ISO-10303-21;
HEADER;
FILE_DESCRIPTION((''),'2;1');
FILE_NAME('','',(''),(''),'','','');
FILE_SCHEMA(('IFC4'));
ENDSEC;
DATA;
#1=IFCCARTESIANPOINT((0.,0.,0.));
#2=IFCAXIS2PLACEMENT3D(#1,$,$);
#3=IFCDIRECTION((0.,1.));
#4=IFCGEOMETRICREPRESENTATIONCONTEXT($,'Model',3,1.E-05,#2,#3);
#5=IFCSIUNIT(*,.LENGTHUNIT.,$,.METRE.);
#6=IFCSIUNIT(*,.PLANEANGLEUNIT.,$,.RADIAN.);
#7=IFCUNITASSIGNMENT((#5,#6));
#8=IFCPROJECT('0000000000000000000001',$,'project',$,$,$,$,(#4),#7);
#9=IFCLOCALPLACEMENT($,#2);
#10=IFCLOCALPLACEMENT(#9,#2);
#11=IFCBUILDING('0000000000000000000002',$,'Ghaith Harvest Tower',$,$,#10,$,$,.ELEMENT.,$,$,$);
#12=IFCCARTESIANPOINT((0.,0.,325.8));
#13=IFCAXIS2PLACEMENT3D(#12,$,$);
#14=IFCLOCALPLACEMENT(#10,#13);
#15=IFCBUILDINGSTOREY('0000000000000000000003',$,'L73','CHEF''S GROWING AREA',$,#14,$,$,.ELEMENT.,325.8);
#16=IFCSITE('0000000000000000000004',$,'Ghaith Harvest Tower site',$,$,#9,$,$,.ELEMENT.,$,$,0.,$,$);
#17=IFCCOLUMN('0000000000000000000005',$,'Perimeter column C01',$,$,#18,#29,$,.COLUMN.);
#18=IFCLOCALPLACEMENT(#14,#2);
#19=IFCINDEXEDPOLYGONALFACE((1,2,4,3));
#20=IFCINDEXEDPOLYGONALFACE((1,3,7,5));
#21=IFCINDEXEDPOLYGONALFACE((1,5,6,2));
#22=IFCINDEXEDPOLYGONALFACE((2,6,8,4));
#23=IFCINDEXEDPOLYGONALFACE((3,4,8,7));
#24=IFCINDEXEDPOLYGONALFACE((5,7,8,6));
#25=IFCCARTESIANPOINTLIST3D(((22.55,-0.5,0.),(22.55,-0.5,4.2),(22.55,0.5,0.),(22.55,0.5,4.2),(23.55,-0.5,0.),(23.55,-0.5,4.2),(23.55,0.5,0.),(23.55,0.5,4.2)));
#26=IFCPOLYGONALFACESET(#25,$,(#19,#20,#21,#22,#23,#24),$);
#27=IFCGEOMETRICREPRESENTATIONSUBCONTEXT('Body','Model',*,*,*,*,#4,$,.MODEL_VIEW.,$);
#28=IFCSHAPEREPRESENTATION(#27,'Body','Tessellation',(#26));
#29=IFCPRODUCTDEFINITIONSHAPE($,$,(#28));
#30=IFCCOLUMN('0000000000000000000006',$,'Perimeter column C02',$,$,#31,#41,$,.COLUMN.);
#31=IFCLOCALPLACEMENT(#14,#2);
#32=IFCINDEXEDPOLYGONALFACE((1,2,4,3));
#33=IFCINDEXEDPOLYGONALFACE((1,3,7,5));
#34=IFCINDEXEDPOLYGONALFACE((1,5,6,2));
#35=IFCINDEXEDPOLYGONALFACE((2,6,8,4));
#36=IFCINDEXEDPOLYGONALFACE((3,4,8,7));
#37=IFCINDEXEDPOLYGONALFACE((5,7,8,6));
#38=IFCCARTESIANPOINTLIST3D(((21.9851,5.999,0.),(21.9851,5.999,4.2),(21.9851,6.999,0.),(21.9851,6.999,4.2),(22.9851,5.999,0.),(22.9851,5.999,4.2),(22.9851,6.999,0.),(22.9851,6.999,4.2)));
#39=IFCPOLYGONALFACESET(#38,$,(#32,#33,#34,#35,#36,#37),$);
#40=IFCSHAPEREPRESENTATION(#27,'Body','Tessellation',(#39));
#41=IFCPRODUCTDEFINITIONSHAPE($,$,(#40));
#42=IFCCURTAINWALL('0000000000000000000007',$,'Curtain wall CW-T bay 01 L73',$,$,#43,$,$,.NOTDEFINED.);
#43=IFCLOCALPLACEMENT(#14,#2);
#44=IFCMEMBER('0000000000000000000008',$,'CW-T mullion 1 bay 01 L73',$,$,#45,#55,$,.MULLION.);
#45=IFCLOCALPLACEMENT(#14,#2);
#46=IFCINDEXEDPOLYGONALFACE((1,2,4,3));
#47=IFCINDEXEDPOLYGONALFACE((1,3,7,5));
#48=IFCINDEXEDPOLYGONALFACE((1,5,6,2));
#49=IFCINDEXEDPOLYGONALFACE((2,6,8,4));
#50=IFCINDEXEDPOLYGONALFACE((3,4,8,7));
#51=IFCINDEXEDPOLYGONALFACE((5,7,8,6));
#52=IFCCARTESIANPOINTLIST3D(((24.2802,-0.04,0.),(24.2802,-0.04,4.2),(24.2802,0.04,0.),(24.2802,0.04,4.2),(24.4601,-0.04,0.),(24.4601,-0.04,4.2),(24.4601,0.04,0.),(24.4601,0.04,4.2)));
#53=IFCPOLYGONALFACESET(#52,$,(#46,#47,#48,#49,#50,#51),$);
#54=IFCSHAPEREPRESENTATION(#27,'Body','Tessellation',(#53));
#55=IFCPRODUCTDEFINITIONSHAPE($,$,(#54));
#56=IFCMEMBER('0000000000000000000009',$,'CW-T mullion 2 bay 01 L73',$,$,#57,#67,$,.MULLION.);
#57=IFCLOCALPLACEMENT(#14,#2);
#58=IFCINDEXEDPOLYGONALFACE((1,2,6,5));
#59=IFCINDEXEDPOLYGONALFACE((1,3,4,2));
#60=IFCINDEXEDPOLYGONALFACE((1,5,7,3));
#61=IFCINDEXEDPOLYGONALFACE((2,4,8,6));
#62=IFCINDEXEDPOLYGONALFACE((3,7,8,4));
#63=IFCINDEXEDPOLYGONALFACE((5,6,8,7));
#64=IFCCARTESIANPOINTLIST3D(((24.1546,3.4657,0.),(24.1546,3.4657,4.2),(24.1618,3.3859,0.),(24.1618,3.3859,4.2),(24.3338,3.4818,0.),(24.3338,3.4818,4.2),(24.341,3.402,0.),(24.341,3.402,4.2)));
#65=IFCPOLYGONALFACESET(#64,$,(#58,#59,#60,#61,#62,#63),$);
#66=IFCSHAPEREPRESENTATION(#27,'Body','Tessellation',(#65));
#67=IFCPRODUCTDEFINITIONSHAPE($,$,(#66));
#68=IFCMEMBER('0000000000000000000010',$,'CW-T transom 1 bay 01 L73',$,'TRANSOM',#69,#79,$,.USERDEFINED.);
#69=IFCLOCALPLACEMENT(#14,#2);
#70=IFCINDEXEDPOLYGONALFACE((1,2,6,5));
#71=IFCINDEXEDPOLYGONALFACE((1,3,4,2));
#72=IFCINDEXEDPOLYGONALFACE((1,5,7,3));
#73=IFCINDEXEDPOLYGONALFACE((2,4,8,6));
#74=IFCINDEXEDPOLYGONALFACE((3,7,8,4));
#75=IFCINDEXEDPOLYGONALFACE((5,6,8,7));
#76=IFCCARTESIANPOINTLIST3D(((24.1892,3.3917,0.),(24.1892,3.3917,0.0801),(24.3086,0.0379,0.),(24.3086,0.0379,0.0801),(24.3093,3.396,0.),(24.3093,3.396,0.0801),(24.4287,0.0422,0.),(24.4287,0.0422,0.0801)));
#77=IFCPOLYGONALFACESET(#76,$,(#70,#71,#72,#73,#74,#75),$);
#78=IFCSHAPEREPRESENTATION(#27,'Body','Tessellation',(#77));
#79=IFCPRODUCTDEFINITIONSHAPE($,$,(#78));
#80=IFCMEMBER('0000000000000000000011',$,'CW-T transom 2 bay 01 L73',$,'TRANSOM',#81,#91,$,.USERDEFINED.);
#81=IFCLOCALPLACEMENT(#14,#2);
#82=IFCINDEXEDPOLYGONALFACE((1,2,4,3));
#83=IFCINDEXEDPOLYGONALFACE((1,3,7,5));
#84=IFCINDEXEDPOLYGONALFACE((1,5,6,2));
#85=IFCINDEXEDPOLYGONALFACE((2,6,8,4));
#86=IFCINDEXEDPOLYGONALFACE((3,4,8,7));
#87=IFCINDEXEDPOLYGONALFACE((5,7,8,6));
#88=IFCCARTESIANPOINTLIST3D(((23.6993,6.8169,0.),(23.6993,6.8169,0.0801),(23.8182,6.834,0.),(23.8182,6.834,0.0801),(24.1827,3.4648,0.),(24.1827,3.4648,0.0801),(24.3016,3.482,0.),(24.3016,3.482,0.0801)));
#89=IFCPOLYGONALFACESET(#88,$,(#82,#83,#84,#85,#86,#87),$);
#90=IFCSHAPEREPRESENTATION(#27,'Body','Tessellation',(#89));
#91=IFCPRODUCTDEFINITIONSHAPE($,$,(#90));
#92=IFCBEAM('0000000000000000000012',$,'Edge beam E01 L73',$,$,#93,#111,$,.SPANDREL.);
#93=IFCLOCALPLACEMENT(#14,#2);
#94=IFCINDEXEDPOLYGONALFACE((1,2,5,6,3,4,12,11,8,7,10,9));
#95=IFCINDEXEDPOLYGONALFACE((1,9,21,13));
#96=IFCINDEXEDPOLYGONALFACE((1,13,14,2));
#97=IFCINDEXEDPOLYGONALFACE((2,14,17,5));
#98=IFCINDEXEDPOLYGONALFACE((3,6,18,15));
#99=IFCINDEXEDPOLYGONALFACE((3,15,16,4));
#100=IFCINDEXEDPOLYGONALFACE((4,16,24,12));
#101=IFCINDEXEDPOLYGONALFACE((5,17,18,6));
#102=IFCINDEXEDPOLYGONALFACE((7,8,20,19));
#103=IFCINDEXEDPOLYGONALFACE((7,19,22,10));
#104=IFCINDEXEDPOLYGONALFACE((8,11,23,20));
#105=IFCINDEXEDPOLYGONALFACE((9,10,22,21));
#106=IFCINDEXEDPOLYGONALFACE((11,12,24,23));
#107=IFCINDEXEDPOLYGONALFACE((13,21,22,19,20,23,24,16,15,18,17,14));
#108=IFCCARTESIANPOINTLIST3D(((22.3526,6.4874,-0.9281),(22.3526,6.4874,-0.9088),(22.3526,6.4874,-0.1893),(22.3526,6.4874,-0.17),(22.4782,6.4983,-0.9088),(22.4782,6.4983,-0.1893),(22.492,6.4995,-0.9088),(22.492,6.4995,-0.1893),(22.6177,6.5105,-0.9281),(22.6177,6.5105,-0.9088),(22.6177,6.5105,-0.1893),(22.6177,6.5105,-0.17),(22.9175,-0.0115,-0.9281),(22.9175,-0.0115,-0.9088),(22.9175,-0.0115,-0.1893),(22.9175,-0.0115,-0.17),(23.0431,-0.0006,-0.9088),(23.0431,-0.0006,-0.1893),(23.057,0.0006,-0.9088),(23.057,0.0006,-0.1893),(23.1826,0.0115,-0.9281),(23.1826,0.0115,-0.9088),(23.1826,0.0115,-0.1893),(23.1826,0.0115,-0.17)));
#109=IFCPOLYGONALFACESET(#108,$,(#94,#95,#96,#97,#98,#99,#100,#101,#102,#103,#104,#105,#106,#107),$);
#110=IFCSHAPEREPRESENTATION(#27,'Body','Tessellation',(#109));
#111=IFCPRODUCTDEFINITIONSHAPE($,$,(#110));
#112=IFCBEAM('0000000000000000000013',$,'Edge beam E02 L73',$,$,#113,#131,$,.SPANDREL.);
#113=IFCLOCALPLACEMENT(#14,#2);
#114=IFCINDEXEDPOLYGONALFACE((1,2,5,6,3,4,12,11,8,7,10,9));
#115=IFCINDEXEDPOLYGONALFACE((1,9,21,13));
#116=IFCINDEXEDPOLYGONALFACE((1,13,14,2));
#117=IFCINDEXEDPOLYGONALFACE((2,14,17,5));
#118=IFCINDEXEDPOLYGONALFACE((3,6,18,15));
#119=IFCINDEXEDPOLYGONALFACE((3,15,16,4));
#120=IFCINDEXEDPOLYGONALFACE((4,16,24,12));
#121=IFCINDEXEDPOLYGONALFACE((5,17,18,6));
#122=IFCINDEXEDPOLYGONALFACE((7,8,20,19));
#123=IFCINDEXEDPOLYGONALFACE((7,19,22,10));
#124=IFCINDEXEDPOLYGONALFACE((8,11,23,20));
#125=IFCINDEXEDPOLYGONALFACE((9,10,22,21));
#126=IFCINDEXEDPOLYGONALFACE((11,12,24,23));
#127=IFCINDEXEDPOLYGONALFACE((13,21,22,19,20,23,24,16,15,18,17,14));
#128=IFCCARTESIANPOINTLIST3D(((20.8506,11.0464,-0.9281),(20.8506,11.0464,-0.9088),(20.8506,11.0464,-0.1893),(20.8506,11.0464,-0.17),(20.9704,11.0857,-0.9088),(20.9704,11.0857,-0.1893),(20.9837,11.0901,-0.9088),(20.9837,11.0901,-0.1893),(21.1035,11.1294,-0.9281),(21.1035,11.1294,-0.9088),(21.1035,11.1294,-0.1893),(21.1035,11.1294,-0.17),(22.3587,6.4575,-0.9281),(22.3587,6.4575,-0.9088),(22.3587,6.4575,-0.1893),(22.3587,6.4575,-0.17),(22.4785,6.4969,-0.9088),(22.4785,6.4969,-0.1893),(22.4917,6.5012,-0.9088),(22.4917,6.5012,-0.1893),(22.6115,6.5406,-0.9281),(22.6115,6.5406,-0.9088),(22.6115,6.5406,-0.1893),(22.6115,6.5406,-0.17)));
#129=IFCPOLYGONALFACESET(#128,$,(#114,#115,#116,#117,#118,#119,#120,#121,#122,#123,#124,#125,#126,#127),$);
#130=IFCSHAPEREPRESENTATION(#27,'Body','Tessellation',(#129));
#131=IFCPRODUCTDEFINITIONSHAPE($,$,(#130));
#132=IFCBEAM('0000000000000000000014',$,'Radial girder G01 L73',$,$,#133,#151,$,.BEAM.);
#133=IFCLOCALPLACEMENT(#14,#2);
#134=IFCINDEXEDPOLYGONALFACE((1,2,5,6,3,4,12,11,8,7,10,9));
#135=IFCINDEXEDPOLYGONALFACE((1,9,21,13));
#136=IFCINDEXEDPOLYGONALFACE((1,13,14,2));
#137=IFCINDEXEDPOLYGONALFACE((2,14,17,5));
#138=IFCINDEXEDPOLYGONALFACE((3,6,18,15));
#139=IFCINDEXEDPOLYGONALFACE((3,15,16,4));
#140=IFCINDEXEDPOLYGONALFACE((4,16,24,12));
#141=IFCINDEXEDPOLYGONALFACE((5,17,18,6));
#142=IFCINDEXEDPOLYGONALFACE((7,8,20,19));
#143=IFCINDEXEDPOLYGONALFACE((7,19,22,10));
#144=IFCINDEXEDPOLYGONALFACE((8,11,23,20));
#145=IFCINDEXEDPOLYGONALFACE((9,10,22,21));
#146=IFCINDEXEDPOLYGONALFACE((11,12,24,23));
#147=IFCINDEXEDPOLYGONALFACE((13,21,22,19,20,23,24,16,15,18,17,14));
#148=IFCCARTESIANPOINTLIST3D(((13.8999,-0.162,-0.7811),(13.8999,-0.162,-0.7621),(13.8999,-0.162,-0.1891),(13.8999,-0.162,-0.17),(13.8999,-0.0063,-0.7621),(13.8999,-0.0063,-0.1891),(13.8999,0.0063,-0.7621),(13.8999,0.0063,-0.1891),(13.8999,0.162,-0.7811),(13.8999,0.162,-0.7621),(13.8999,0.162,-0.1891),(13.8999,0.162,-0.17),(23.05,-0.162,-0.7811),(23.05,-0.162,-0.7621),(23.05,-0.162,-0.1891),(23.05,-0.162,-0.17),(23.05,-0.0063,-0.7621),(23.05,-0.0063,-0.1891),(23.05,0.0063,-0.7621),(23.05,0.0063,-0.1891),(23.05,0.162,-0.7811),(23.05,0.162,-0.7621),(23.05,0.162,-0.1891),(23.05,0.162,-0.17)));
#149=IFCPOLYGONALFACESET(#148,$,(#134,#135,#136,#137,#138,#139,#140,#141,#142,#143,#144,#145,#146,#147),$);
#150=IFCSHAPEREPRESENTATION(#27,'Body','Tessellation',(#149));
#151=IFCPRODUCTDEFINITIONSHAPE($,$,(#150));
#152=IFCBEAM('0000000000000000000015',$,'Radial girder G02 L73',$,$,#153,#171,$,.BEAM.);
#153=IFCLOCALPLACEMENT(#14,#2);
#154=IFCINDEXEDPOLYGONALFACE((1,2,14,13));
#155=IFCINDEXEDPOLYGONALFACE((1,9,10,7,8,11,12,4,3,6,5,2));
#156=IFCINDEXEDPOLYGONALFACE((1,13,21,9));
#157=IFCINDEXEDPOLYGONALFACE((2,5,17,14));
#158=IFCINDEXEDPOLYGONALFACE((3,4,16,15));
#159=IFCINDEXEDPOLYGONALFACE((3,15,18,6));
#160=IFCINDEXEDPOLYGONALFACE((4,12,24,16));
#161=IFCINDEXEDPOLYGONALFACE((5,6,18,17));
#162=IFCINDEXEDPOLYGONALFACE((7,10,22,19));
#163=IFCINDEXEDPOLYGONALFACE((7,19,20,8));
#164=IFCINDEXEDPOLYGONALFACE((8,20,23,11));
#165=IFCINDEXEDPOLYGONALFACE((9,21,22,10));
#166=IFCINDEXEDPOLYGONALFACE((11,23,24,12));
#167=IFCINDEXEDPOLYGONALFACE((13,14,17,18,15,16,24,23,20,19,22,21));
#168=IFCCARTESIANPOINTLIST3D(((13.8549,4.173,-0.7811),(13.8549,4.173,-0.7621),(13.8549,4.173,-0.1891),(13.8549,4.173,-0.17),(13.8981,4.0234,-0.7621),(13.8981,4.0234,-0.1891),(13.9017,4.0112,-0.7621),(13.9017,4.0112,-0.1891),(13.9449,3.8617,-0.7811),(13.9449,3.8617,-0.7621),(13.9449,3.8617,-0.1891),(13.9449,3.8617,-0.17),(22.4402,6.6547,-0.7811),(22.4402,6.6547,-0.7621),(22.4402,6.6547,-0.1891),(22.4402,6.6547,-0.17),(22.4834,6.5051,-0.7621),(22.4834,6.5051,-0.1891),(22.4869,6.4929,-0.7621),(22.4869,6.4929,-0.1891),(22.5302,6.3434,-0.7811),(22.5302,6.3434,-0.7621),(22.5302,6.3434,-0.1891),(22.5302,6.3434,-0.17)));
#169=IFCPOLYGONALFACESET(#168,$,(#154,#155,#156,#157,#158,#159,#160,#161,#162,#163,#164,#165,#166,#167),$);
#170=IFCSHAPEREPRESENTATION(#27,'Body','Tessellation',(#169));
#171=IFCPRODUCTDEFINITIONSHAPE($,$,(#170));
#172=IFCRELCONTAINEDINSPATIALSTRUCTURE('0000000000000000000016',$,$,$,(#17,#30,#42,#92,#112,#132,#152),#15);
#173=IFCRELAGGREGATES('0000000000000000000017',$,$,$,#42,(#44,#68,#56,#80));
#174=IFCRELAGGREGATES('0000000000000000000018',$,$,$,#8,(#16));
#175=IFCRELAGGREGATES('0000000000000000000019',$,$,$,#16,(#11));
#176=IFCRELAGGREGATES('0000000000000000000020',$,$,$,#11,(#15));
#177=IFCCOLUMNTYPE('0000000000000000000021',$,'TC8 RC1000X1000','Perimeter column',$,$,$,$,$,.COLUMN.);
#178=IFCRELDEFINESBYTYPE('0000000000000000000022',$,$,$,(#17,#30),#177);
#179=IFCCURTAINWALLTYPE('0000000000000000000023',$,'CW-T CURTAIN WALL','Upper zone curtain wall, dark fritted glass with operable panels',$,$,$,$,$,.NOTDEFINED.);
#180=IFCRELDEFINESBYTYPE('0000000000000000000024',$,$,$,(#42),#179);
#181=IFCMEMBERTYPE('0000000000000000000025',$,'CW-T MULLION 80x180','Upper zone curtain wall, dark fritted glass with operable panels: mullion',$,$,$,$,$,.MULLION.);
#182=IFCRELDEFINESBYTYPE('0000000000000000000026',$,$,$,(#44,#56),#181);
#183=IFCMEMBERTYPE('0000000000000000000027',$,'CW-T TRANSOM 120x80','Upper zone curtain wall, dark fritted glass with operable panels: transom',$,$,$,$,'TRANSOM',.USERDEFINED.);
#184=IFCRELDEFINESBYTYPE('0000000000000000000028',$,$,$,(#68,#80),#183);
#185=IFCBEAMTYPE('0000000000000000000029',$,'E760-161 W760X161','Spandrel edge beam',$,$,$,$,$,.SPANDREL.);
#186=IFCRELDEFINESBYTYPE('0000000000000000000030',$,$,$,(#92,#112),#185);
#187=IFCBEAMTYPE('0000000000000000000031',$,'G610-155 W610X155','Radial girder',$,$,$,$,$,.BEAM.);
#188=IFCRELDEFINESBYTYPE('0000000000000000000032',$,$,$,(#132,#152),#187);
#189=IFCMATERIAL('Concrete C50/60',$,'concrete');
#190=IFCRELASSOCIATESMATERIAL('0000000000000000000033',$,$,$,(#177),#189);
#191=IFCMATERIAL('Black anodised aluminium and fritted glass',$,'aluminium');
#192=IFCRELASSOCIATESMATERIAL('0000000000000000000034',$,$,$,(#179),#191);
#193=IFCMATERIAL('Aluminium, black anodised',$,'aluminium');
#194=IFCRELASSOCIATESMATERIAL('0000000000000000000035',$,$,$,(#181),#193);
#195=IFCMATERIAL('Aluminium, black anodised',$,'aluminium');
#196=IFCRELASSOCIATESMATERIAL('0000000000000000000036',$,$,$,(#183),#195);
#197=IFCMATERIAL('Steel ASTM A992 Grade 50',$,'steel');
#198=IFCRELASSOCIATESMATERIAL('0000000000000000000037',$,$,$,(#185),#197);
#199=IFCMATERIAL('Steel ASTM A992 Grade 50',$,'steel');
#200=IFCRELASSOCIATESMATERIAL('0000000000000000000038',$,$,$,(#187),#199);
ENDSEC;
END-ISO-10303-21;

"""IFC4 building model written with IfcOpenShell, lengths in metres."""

from ifc_helpers import new_model, si_unit, direction, frame, origin, origin_2d, place, context, subcontext, project, spatial, rectangle, i_section, extrude, material, material_profile, profile_set, type_object, element, aggregate, save


model = new_model("IFC4")

# Units and contexts
model_context = context("Model", 3, precision=1e-05, world=origin(), true_north=direction((0.0, 1.0)))
body_context = subcontext(model_context, "Body", "Model", "MODEL_VIEW")
ifc_project = project(units=[si_unit("LENGTHUNIT", "METRE"), si_unit("PLANEANGLEUNIT", "RADIAN")], contexts=[model_context])

# Site, building, storey
site_placement = place(None, origin())
site = spatial("IfcSite", under=ifc_project, at=site_placement, Name="Ghaith Harvest Tower site", CompositionType="ELEMENT", RefElevation=0.0)
building_placement = place(site_placement, origin())
building = spatial("IfcBuilding", under=site, at=building_placement, Name="Ghaith Harvest Tower", CompositionType="ELEMENT")
storey_placement = place(building_placement, frame((0.0, 0.0, 325.8)))
storey = spatial("IfcBuildingStorey", under=building, at=storey_placement, Name="L73", Description="CHEF'S GROWING AREA", CompositionType="ELEMENT", Elevation=325.8)

# Columns
ifc_material_1 = material(Name="Concrete C50/60", Category="concrete")
ifc_material_profile_1 = material_profile(ifc_material_1, rectangle(XDim=1.0, YDim=1.0, at=origin_2d()), Name="RC1000X1000")
ifc_profile_set_1 = profile_set([ifc_material_profile_1], Name="Concrete C50/60")
column_type = type_object("IfcColumnType", Name="TC8 RC1000X1000", Description="Perimeter column", PredefinedType="COLUMN", material=ifc_profile_set_1)
for number, where, z_axis, x_axis, name in (
    (1, (23.05, 0.0, 0.0), (0.0, 0.0, 1.0), (1.0, 0.0, 0.0), "Perimeter column C01"),
    (2, (22.4851, 6.499, 0.0), (0.0, 0.0, 1.0), (1.0, 0.0, 0.0), "Perimeter column C02"),
):
    element("IfcColumn", number, at=place(storey_placement, frame(where, z_axis=z_axis, x_axis=x_axis)), inside=storey, type_object=column_type, Name=name, PredefinedType="COLUMN", context=body_context, shape_type="SweptSolid", body=[
        extrude(rectangle(XDim=1.0, YDim=1.0, at=origin_2d()), origin(), (0.0, 0.0, 1.0), 4.2),
    ])

# Curtain wall, members
ifc_material_2 = material(Name="Black anodised aluminium and fritted glass", Category="aluminium")
curtain_wall_type = type_object("IfcCurtainWallType", Name="CW-T CURTAIN WALL", Description="Upper zone curtain wall, dark fritted glass with operable panels", PredefinedType="NOTDEFINED", material=ifc_material_2)
curtain_wall_placement = place(storey_placement, origin())
curtain_wall = element("IfcCurtainWall", 3, at=curtain_wall_placement, inside=storey, type_object=curtain_wall_type, Name="Curtain wall CW-T bay 01 L73", PredefinedType="NOTDEFINED")
ifc_material_3 = material(Name="Aluminium, black anodised", Category="aluminium")
ifc_material_profile_2 = material_profile(ifc_material_3, rectangle(XDim=0.0801, YDim=0.1799, at=origin_2d()), Name="CW-T MULLION 80x180")
ifc_profile_set_2 = profile_set([ifc_material_profile_2], Name="Aluminium, black anodised")
member_type_1 = type_object("IfcMemberType", Name="CW-T MULLION 80x180", Description="Upper zone curtain wall, dark fritted glass with operable panels: mullion", PredefinedType="MULLION", material=ifc_profile_set_2)
member_1_placement = place(storey_placement, frame((24.3701, 0.0, 0.0), z_axis=(0.0, 0.0, 1.0), x_axis=(0.0, 1.0, 0.0)))
member_1 = element("IfcMember", 4, at=member_1_placement, type_object=member_type_1, Name="CW-T mullion 1 bay 01 L73", PredefinedType="MULLION", context=body_context, shape_type="SweptSolid", body=[
    extrude(rectangle(XDim=0.0801, YDim=0.1799, at=origin_2d()), origin(), (0.0, 0.0, 1.0), 4.2),
])
member_2_placement = place(storey_placement, frame((24.2478, 3.4338, 0.0), z_axis=(0.0, 0.0, 1.0), x_axis=(-0.089502, 0.995987, 0.0)))
member_2 = element("IfcMember", 5, at=member_2_placement, type_object=member_type_1, Name="CW-T mullion 2 bay 01 L73", PredefinedType="MULLION", context=body_context, shape_type="SweptSolid", body=[
    extrude(rectangle(XDim=0.0801, YDim=0.1799, at=origin_2d()), origin(), (0.0, 0.0, 1.0), 4.2),
])
ifc_material_4 = material(Name="Aluminium, black anodised", Category="aluminium")
ifc_material_profile_3 = material_profile(ifc_material_4, rectangle(XDim=0.1201, YDim=0.0801, at=origin_2d()), Name="CW-T TRANSOM 120x80")
ifc_profile_set_3 = profile_set([ifc_material_profile_3], Name="Aluminium, black anodised")
member_type_2 = type_object("IfcMemberType", Name="CW-T TRANSOM 120x80", Description="Upper zone curtain wall, dark fritted glass with operable panels: transom", ElementType="TRANSOM", PredefinedType="USERDEFINED", material=ifc_profile_set_3)
member_3_placement = place(storey_placement, frame((24.3687, 0.04, 0.04), z_axis=(-0.035575, 0.999367, 0.0), x_axis=(-0.999367, -0.035575, 0.0)))
member_3 = element("IfcMember", 6, at=member_3_placement, type_object=member_type_2, Name="CW-T transom 1 bay 01 L73", ObjectType="TRANSOM", PredefinedType="USERDEFINED", context=body_context, shape_type="SweptSolid", body=[
    extrude(rectangle(XDim=0.1201, YDim=0.0801, at=origin_2d()), origin(), (0.0, 0.0, 1.0), 3.356),
])
member_4_placement = place(storey_placement, frame((24.2422, 3.4734, 0.04), z_axis=(-0.142733, 0.989761, 0.0), x_axis=(-0.989761, -0.142733, 0.0)))
member_4 = element("IfcMember", 7, at=member_4_placement, type_object=member_type_2, Name="CW-T transom 2 bay 01 L73", ObjectType="TRANSOM", PredefinedType="USERDEFINED", context=body_context, shape_type="SweptSolid", body=[
    extrude(rectangle(XDim=0.1201, YDim=0.0801, at=origin_2d()), origin(), (0.0, 0.0, 1.0), 3.3867),
])

# Beams
ifc_material_5 = material(Name="Steel ASTM A992 Grade 50", Category="steel")
ifc_material_profile_4 = material_profile(ifc_material_5, i_section(OverallWidth=0.2661, OverallDepth=0.7581, WebThickness=0.0139, FlangeThickness=0.0193, at=origin_2d()), Name="W760X161")
ifc_profile_set_4 = profile_set([ifc_material_profile_4], Name="Steel ASTM A992 Grade 50")
beam_type_1 = type_object("IfcBeamType", Name="E760-161 W760X161", Description="Spandrel edge beam", PredefinedType="SPANDREL", material=ifc_profile_set_4)
beam_1_placement = place(storey_placement, frame((23.05, 0.0, -0.5491), z_axis=(-0.086601, 0.996243, 0.0), x_axis=(-0.996243, -0.086601, 0.0)))
element("IfcBeam", 8, at=beam_1_placement, inside=storey, type_object=beam_type_1, Name="Edge beam E01 L73", PredefinedType="SPANDREL", context=body_context, shape_type="SweptSolid", body=[
    extrude(i_section(OverallWidth=0.2661, OverallDepth=0.7581, WebThickness=0.0139, FlangeThickness=0.0193, at=origin_2d()), origin(), (0.0, 0.0, 1.0), 6.5234),
])
beam_2_placement = place(storey_placement, frame((22.4851, 6.499, -0.5491), z_axis=(-0.312207, 0.950014, 0.0), x_axis=(-0.950014, -0.312207, 0.0)))
element("IfcBeam", 9, at=beam_2_placement, inside=storey, type_object=beam_type_1, Name="Edge beam E02 L73", PredefinedType="SPANDREL", context=body_context, shape_type="SweptSolid", body=[
    extrude(i_section(OverallWidth=0.2661, OverallDepth=0.7581, WebThickness=0.0139, FlangeThickness=0.0193, at=origin_2d()), origin(), (0.0, 0.0, 1.0), 4.8303),
])
ifc_material_6 = material(Name="Steel ASTM A992 Grade 50", Category="steel")
ifc_material_profile_5 = material_profile(ifc_material_6, i_section(OverallWidth=0.324, OverallDepth=0.6111, WebThickness=0.0127, FlangeThickness=0.019, at=origin_2d()), Name="W610X155")
ifc_profile_set_5 = profile_set([ifc_material_profile_5], Name="Steel ASTM A992 Grade 50")
beam_type_2 = type_object("IfcBeamType", Name="G610-155 W610X155", Description="Radial girder", PredefinedType="BEAM", material=ifc_profile_set_5)
beam_3_placement = place(storey_placement, frame((13.8999, 0.0, -0.4756), z_axis=(1.0, 0.0, 0.0), x_axis=(0.0, 1.0, 0.0)))
element("IfcBeam", 10, at=beam_3_placement, inside=storey, type_object=beam_type_2, Name="Radial girder G01 L73", PredefinedType="BEAM", context=body_context, shape_type="SweptSolid", body=[
    extrude(i_section(OverallWidth=0.324, OverallDepth=0.6111, WebThickness=0.0127, FlangeThickness=0.019, at=origin_2d()), origin(), (0.0, 0.0, 1.0), 9.1501),
])
beam_4_placement = place(storey_placement, frame((13.8999, 4.0173, -0.4756), z_axis=(0.960669, 0.277697, 0.0), x_axis=(-0.277697, 0.960669, 0.0)))
element("IfcBeam", 11, at=beam_4_placement, inside=storey, type_object=beam_type_2, Name="Radial girder G02 L73", PredefinedType="BEAM", context=body_context, shape_type="SweptSolid", body=[
    extrude(i_section(OverallWidth=0.324, OverallDepth=0.6111, WebThickness=0.0127, FlangeThickness=0.019, at=origin_2d()), origin(), (0.0, 0.0, 1.0), 8.9368),
])

aggregate(curtain_wall, [member_1, member_3, member_2, member_4])

save(model, "model.ifc")
